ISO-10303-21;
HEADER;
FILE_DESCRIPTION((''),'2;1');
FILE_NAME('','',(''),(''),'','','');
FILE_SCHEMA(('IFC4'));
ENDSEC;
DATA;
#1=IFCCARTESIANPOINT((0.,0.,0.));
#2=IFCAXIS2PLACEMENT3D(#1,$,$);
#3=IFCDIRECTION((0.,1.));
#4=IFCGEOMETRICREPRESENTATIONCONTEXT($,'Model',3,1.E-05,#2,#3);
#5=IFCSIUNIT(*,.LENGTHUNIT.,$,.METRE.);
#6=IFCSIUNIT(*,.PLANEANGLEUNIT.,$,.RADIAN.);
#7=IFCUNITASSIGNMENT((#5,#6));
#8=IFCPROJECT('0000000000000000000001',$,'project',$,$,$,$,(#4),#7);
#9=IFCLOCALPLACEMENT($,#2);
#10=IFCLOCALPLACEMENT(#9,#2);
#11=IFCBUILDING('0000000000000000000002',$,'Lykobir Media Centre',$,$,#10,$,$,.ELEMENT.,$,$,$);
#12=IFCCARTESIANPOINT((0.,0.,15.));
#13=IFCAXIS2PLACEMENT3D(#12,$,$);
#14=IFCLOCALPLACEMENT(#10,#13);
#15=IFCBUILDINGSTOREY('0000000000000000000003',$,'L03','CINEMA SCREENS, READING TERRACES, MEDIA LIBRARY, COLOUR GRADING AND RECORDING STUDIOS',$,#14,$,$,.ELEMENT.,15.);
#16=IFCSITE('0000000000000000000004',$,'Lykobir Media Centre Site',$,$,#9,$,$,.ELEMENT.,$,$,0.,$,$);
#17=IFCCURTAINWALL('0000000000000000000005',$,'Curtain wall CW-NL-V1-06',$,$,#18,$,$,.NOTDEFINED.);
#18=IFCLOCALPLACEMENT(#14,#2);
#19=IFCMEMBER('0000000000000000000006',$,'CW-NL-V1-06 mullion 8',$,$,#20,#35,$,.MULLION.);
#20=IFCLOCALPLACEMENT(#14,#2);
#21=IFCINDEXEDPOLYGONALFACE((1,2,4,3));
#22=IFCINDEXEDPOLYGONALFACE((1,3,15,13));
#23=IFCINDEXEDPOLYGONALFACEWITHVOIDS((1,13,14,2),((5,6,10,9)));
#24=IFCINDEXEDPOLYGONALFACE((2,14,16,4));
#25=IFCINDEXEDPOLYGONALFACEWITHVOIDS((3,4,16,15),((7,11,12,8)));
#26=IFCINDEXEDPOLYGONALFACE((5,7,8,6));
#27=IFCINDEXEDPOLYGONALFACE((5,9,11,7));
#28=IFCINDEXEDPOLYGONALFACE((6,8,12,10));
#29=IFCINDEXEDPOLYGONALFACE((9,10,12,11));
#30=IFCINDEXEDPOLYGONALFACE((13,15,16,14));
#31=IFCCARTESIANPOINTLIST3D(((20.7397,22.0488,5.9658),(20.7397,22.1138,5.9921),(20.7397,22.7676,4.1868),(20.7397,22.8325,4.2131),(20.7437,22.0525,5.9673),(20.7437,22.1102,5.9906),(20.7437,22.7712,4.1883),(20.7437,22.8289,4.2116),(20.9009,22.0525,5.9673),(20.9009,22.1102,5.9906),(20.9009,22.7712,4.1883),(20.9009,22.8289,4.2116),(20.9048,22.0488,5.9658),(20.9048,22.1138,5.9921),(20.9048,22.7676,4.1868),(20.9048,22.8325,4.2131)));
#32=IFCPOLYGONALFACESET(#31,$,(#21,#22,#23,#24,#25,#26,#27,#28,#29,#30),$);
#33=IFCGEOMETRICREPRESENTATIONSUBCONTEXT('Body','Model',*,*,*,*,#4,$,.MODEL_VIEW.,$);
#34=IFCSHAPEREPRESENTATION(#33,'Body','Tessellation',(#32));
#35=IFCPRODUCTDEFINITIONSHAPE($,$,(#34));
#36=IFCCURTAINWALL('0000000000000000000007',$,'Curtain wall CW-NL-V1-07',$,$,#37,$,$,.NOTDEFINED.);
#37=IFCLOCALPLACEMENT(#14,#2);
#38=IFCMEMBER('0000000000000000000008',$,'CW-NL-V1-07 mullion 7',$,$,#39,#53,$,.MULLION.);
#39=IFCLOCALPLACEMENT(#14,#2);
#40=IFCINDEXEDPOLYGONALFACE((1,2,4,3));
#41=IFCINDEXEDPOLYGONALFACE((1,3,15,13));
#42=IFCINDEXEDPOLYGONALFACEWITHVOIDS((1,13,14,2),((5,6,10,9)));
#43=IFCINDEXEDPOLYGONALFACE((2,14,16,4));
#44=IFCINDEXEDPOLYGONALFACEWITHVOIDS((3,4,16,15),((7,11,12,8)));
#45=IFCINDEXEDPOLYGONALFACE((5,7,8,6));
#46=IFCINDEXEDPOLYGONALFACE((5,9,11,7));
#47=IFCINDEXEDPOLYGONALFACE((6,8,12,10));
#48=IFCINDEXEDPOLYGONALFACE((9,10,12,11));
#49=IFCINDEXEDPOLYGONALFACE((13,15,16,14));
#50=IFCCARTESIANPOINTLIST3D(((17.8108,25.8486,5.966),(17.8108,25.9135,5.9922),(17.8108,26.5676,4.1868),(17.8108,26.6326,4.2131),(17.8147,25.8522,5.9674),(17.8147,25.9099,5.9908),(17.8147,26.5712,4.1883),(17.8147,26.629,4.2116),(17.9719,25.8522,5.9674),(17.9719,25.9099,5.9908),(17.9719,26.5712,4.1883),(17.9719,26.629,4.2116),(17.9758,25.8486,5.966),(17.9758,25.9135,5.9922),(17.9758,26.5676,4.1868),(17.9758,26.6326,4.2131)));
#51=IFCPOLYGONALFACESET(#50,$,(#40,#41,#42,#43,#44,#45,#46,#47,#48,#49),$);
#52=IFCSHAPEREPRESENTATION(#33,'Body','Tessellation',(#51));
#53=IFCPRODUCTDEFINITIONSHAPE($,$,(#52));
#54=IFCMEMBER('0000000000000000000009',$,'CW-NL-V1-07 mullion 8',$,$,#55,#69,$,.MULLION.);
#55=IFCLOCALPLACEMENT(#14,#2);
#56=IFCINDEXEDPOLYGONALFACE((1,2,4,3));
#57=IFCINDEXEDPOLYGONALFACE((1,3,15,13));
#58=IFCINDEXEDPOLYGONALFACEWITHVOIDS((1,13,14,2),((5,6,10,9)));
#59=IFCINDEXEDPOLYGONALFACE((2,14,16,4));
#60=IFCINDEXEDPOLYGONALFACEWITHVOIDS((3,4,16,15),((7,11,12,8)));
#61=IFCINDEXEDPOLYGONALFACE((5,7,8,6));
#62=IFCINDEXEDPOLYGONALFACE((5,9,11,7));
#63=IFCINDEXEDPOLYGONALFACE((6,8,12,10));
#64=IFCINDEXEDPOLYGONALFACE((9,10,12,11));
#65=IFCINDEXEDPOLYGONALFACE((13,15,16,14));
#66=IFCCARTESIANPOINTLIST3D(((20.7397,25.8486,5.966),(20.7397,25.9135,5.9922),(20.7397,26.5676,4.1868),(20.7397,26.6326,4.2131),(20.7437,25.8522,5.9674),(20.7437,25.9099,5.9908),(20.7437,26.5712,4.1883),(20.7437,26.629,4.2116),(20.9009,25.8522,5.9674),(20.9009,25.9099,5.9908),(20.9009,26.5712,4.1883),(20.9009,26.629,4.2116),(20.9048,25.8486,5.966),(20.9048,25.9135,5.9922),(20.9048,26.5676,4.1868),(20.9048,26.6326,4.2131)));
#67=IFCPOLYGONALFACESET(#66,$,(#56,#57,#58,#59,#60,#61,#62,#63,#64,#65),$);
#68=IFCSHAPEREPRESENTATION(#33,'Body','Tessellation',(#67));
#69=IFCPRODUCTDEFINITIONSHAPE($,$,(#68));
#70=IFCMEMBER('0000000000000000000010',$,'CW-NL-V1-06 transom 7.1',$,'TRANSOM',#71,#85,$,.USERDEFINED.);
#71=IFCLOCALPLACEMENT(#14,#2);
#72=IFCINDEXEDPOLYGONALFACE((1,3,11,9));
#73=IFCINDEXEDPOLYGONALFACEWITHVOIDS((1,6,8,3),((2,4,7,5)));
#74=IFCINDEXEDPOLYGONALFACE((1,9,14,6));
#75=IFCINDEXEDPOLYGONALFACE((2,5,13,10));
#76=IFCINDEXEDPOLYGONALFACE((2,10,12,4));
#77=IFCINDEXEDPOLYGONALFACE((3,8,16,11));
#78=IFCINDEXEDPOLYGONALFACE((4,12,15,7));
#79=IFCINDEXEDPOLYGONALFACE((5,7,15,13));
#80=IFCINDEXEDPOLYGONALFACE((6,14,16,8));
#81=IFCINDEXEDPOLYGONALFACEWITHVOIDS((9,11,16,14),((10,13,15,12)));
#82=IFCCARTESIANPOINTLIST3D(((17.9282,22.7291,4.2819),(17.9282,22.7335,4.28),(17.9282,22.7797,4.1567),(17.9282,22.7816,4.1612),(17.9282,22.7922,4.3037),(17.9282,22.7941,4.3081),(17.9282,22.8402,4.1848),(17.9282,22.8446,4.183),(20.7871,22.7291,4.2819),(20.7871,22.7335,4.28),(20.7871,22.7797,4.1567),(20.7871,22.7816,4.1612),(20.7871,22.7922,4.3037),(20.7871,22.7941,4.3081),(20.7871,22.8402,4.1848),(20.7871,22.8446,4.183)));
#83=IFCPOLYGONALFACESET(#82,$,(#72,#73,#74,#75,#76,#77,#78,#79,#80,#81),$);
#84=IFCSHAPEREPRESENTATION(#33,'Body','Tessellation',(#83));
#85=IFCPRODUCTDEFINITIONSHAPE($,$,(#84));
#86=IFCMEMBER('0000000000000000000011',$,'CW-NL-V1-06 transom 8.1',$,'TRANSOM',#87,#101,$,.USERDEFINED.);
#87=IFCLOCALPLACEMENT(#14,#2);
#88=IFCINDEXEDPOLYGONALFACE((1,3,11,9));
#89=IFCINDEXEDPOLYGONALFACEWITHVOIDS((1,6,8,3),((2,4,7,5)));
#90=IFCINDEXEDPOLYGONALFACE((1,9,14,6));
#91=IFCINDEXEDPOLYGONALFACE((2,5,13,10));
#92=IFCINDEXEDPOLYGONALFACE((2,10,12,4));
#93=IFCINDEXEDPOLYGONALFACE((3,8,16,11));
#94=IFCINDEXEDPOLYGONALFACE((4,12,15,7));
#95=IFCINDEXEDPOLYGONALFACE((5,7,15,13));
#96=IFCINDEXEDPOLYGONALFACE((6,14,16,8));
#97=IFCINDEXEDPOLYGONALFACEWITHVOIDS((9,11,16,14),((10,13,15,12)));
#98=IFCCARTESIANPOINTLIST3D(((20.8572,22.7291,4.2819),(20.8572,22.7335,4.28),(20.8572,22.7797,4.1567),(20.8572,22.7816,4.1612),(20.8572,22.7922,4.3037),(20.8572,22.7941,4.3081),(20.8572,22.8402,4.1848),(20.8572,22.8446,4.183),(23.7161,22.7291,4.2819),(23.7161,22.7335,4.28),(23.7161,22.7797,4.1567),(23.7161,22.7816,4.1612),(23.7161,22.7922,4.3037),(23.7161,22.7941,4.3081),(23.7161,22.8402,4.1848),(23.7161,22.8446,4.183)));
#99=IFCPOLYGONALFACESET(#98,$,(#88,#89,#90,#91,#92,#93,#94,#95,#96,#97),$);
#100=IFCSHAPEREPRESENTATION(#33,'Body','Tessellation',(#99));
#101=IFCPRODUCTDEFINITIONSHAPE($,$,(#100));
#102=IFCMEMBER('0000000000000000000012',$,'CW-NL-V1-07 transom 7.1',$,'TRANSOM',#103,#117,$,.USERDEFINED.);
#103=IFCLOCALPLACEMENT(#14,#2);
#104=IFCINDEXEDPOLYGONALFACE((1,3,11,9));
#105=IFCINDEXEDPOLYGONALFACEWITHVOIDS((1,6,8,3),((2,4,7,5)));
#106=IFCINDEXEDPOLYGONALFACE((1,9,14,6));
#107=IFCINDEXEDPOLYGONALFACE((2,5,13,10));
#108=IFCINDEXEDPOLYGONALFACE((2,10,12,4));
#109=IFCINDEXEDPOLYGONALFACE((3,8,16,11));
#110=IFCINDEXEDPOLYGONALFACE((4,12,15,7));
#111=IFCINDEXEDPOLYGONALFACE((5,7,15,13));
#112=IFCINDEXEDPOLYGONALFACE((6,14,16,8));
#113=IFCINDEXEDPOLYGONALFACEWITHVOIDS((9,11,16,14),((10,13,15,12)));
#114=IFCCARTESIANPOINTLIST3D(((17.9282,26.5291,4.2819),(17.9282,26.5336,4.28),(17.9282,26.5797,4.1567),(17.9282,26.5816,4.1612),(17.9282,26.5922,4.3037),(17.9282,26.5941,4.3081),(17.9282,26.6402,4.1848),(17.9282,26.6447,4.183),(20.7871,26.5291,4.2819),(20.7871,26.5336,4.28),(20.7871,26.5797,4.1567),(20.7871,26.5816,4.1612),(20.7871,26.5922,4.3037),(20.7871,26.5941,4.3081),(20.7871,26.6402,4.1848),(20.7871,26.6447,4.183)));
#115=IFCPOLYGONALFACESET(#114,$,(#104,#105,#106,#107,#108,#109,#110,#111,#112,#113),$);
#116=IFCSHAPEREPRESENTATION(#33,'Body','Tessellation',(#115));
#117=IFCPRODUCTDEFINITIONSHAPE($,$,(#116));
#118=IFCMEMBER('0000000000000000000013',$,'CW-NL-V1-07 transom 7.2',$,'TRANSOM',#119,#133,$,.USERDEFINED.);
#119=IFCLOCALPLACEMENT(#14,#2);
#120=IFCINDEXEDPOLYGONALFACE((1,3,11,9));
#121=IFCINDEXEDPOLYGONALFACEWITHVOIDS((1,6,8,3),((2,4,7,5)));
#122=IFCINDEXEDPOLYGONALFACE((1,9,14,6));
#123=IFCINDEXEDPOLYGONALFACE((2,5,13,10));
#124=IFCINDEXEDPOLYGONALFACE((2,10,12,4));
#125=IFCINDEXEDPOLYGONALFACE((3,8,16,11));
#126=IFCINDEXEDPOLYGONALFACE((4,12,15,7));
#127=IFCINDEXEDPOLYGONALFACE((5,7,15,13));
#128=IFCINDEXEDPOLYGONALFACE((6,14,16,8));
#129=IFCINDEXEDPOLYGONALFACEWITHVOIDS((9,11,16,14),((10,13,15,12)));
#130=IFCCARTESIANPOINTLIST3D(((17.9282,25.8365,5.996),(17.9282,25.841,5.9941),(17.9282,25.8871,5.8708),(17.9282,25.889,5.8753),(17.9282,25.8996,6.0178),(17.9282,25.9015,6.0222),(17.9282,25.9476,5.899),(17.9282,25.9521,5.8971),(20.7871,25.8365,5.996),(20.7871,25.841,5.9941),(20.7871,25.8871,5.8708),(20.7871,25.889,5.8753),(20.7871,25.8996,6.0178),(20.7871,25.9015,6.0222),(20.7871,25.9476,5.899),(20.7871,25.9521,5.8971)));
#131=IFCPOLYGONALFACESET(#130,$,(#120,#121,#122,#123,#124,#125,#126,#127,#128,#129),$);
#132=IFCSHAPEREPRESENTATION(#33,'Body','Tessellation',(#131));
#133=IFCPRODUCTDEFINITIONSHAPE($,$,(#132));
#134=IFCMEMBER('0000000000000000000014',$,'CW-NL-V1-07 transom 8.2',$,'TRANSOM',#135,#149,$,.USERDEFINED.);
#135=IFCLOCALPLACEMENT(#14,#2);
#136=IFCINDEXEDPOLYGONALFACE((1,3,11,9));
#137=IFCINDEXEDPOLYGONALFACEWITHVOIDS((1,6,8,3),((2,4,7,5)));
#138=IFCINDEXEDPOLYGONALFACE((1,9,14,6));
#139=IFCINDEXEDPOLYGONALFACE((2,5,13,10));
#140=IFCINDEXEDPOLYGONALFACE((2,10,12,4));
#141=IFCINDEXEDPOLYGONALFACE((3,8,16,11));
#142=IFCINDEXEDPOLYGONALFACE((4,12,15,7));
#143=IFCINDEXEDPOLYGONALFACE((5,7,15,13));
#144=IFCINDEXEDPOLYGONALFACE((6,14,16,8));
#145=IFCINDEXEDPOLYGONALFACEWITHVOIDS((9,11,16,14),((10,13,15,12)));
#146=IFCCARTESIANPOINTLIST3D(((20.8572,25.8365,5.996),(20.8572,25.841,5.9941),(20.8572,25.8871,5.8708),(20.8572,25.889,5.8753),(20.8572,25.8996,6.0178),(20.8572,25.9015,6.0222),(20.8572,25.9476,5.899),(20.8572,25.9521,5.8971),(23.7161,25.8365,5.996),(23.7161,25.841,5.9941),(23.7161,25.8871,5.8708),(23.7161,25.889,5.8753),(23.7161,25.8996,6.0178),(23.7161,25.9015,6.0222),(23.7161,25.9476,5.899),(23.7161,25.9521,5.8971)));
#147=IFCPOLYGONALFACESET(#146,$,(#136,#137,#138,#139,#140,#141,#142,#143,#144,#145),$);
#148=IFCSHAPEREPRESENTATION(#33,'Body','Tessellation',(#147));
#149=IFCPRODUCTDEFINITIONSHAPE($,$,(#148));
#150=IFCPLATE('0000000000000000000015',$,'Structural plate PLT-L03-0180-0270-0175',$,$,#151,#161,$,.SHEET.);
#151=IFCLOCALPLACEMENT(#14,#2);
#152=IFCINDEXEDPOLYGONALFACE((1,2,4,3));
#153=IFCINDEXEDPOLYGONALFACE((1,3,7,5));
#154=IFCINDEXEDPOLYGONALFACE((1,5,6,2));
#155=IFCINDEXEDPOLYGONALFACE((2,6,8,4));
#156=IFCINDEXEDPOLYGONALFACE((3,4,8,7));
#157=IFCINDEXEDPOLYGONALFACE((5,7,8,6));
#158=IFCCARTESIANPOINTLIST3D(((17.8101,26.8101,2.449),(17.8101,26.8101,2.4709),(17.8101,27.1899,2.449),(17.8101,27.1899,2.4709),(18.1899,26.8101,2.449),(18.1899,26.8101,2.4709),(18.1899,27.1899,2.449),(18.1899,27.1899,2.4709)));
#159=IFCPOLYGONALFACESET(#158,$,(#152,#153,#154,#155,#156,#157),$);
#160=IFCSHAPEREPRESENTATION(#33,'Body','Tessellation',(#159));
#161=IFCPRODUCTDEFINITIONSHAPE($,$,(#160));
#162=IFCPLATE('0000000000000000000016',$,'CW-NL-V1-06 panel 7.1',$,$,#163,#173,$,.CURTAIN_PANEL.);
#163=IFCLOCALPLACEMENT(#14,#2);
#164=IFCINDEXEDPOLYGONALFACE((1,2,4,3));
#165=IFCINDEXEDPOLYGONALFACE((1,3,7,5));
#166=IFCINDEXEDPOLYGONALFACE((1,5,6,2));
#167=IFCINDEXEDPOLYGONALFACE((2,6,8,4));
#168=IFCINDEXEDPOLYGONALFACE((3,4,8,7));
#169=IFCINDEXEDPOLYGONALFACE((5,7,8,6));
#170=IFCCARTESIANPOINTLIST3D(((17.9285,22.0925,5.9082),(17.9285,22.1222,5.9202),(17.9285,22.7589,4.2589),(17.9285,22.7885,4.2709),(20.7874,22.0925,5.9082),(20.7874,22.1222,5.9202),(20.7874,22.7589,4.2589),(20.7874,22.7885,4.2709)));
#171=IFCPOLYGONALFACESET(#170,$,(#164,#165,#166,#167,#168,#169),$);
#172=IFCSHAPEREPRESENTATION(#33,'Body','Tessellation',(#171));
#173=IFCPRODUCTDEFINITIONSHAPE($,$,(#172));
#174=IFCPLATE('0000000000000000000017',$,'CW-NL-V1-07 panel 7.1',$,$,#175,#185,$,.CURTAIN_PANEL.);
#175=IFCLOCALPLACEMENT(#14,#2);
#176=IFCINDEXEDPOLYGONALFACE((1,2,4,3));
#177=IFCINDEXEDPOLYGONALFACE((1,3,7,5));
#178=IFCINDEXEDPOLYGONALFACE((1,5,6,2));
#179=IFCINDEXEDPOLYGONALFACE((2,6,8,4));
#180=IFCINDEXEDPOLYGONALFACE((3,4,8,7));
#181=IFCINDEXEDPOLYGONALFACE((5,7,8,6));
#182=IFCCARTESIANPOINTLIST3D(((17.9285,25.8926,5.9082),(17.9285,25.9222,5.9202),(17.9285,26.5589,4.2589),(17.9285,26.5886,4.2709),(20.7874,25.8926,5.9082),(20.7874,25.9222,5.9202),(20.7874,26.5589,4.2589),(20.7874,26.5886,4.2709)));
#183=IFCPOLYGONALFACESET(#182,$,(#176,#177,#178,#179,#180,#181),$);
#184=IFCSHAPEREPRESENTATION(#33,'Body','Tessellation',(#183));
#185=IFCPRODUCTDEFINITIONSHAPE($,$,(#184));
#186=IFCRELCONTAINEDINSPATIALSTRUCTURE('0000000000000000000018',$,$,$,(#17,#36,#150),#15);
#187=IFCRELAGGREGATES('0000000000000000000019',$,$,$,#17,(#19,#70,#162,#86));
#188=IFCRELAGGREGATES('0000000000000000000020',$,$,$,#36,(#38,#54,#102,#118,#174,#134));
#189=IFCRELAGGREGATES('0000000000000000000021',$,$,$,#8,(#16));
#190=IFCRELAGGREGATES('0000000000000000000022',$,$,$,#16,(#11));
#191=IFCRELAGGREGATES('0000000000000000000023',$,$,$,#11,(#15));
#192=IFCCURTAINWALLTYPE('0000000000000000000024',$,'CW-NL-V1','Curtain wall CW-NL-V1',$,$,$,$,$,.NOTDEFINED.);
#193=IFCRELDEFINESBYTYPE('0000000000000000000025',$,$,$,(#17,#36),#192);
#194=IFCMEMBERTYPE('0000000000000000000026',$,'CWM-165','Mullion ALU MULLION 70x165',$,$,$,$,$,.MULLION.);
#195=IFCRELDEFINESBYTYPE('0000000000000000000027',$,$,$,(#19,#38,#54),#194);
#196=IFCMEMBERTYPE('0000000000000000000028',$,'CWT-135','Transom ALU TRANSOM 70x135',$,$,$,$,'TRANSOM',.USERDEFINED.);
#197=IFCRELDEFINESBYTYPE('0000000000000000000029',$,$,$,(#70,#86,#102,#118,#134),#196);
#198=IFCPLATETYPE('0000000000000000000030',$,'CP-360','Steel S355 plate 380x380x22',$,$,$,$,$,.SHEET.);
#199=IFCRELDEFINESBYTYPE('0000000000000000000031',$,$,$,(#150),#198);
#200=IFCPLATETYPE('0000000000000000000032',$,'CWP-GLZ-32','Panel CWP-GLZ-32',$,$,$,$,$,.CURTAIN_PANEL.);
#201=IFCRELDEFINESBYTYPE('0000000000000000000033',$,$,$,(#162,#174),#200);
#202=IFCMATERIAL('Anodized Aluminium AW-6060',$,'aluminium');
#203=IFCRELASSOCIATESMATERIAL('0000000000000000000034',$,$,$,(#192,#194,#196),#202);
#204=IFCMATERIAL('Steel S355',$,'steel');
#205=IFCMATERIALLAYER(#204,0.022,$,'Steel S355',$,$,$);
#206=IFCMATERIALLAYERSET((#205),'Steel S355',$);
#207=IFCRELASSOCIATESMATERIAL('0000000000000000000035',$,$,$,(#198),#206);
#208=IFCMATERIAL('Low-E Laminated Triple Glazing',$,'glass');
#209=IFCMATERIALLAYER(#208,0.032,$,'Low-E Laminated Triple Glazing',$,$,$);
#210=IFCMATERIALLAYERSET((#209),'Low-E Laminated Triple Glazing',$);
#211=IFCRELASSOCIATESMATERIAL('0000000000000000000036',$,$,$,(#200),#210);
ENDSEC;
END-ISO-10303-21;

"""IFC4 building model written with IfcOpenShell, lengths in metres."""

from ifc_helpers import new_model, si_unit, direction, frame, origin, origin_2d, place, context, subcontext, project, spatial, rectangle, hollow_rectangle, extrude, material, layer, layer_set, material_profile, profile_set, type_object, element, aggregate, save


model = new_model("IFC4")

# Units and contexts
model_context = context("Model", 3, precision=1e-05, world=origin(), true_north=direction((0.0, 1.0)))
body_context = subcontext(model_context, "Body", "Model", "MODEL_VIEW")
ifc_project = project(units=[si_unit("LENGTHUNIT", "METRE"), si_unit("PLANEANGLEUNIT", "RADIAN")], contexts=[model_context])

# Site, building, storey
site_placement = place(None, origin())
site = spatial("IfcSite", under=ifc_project, at=site_placement, Name="Lykobir Media Centre Site", CompositionType="ELEMENT", RefElevation=0.0)
building_placement = place(site_placement, origin())
building = spatial("IfcBuilding", under=site, at=building_placement, Name="Lykobir Media Centre", CompositionType="ELEMENT")
storey_placement = place(building_placement, frame((0.0, 0.0, 15.0)))
storey = spatial("IfcBuildingStorey", under=building, at=storey_placement, Name="L03", Description="CINEMA SCREENS, READING TERRACES, MEDIA LIBRARY, COLOUR GRADING AND RECORDING STUDIOS", CompositionType="ELEMENT", Elevation=15.0)

# Shared definitions
ifc_material_1 = material(Name="Steel S355", Category="steel")

# Curtain wall, member
ifc_material_2 = material(Name="Anodized Aluminium AW-6060", Category="aluminium")
curtain_wall_type = type_object("IfcCurtainWallType", Name="CW-NL-V1", Description="Curtain wall CW-NL-V1", PredefinedType="NOTDEFINED", material=ifc_material_2)
curtain_wall_1_placement = place(storey_placement, origin())
curtain_wall_1 = element("IfcCurtainWall", 1, at=curtain_wall_1_placement, inside=storey, type_object=curtain_wall_type, Name="Curtain wall CW-NL-V1-06", PredefinedType="NOTDEFINED")
ifc_material_profile_1 = material_profile(ifc_material_2, hollow_rectangle(XDim=0.0701, YDim=0.165, WallThickness=0.0039, at=origin_2d()), Name="ALU MULLION 70x165")
ifc_profile_set_1 = profile_set([ifc_material_profile_1], Name="Anodized Aluminium AW-6060")
member_type_1 = type_object("IfcMemberType", Name="CWM-165", Description="Mullion ALU MULLION 70x165", PredefinedType="MULLION", material=ifc_profile_set_1)
member_1_placement = place(storey_placement, frame((20.8223, 22.8, 4.2), z_axis=(0.0, -0.374591, 0.92719), x_axis=(0.0, 0.92719, 0.374591)))
member_1 = element("IfcMember", 2, at=member_1_placement, type_object=member_type_1, Name="CW-NL-V1-06 mullion 8", PredefinedType="MULLION", context=body_context, shape_type="SweptSolid", body=[
    extrude(hollow_rectangle(XDim=0.0701, YDim=0.165, WallThickness=0.0039, at=origin_2d()), origin(), (0.0, 0.0, 1.0), 1.9187),
])

# Curtain wall, members
curtain_wall_2_placement = place(storey_placement, origin())
curtain_wall_2 = element("IfcCurtainWall", 3, at=curtain_wall_2_placement, inside=storey, type_object=curtain_wall_type, Name="Curtain wall CW-NL-V1-07", PredefinedType="NOTDEFINED")
member_2_placement = place(storey_placement, frame((17.8933, 26.6001, 4.2), z_axis=(0.0, -0.374701, 0.927146), x_axis=(0.0, 0.927146, 0.374701)))
member_2 = element("IfcMember", 4, at=member_2_placement, type_object=member_type_1, Name="CW-NL-V1-07 mullion 7", PredefinedType="MULLION", context=body_context, shape_type="SweptSolid", body=[
    extrude(hollow_rectangle(XDim=0.0701, YDim=0.165, WallThickness=0.0039, at=origin_2d()), origin(), (0.0, 0.0, 1.0), 1.9189),
])
member_3_placement = place(storey_placement, frame((20.8223, 26.6001, 4.2), z_axis=(0.0, -0.374701, 0.927146), x_axis=(0.0, 0.927146, 0.374701)))
member_3 = element("IfcMember", 5, at=member_3_placement, type_object=member_type_1, Name="CW-NL-V1-07 mullion 8", PredefinedType="MULLION", context=body_context, shape_type="SweptSolid", body=[
    extrude(hollow_rectangle(XDim=0.0701, YDim=0.165, WallThickness=0.0039, at=origin_2d()), origin(), (0.0, 0.0, 1.0), 1.9189),
])

# Members
ifc_material_profile_2 = material_profile(ifc_material_2, hollow_rectangle(XDim=0.0701, YDim=0.135, WallThickness=0.0034, at=origin_2d()), Name="ALU TRANSOM 70x135")
ifc_profile_set_2 = profile_set([ifc_material_profile_2], Name="Anodized Aluminium AW-6060")
member_type_2 = type_object("IfcMemberType", Name="CWT-135", Description="Transom ALU TRANSOM 70x135", ElementType="TRANSOM", PredefinedType="USERDEFINED", material=ifc_profile_set_2)
member_4_placement = place(storey_placement, frame((17.9282, 22.7869, 4.2324), z_axis=(1.0, 0.0, 0.0), x_axis=(0.0, 0.927184, 0.374607)))
member_4 = element("IfcMember", 6, at=member_4_placement, type_object=member_type_2, Name="CW-NL-V1-06 transom 7.1", ObjectType="TRANSOM", PredefinedType="USERDEFINED", context=body_context, shape_type="SweptSolid", body=[
    extrude(hollow_rectangle(XDim=0.0701, YDim=0.135, WallThickness=0.0034, at=origin_2d()), origin(), (0.0, 0.0, 1.0), 2.8589),
])
member_5_placement = place(storey_placement, frame((20.8572, 22.7869, 4.2324), z_axis=(1.0, 0.0, 0.0), x_axis=(0.0, 0.927184, 0.374607)))
member_5 = element("IfcMember", 7, at=member_5_placement, type_object=member_type_2, Name="CW-NL-V1-06 transom 8.1", ObjectType="TRANSOM", PredefinedType="USERDEFINED", context=body_context, shape_type="SweptSolid", body=[
    extrude(hollow_rectangle(XDim=0.0701, YDim=0.135, WallThickness=0.0034, at=origin_2d()), origin(), (0.0, 0.0, 1.0), 2.8589),
])
member_6_placement = place(storey_placement, frame((17.9282, 26.5869, 4.2324), z_axis=(1.0, 0.0, 0.0), x_axis=(0.0, 0.927184, 0.374607)))
member_6 = element("IfcMember", 8, at=member_6_placement, type_object=member_type_2, Name="CW-NL-V1-07 transom 7.1", ObjectType="TRANSOM", PredefinedType="USERDEFINED", context=body_context, shape_type="SweptSolid", body=[
    extrude(hollow_rectangle(XDim=0.0701, YDim=0.135, WallThickness=0.0034, at=origin_2d()), origin(), (0.0, 0.0, 1.0), 2.8589),
])
member_7_placement = place(storey_placement, frame((17.9282, 25.8943, 5.9465), z_axis=(1.0, 0.0, 0.0), x_axis=(0.0, 0.927184, 0.374607)))
member_7 = element("IfcMember", 9, at=member_7_placement, type_object=member_type_2, Name="CW-NL-V1-07 transom 7.2", ObjectType="TRANSOM", PredefinedType="USERDEFINED", context=body_context, shape_type="SweptSolid", body=[
    extrude(hollow_rectangle(XDim=0.0701, YDim=0.135, WallThickness=0.0034, at=origin_2d()), origin(), (0.0, 0.0, 1.0), 2.8589),
])
member_8_placement = place(storey_placement, frame((20.8572, 25.8943, 5.9465), z_axis=(1.0, 0.0, 0.0), x_axis=(0.0, 0.927184, 0.374607)))
member_8 = element("IfcMember", 10, at=member_8_placement, type_object=member_type_2, Name="CW-NL-V1-07 transom 8.2", ObjectType="TRANSOM", PredefinedType="USERDEFINED", context=body_context, shape_type="SweptSolid", body=[
    extrude(hollow_rectangle(XDim=0.0701, YDim=0.135, WallThickness=0.0034, at=origin_2d()), origin(), (0.0, 0.0, 1.0), 2.8589),
])

# Plates
ifc_layer_1 = layer(ifc_material_1, 0.022, Name="Steel S355")
ifc_layer_set_1 = layer_set([ifc_layer_1], Name="Steel S355")
plate_type_1 = type_object("IfcPlateType", Name="CP-360", Description="Steel S355 plate 380x380x22", PredefinedType="SHEET", material=ifc_layer_set_1)
plate_1_placement = place(storey_placement, frame((18.0, 27.0, 2.449), z_axis=(0.0, 0.0, 1.0), x_axis=(1.0, 0.0, 0.0)))
element("IfcPlate", 11, at=plate_1_placement, inside=storey, type_object=plate_type_1, Name="Structural plate PLT-L03-0180-0270-0175", PredefinedType="SHEET", context=body_context, shape_type="SweptSolid", body=[
    extrude(rectangle(XDim=0.3799, YDim=0.3799, at=origin_2d()), origin(), (0.0, 0.0, 1.0), 0.022),
])
ifc_material_3 = material(Name="Low-E Laminated Triple Glazing", Category="glass")
ifc_layer_2 = layer(ifc_material_3, 0.032, Name="Low-E Laminated Triple Glazing")
ifc_layer_set_2 = layer_set([ifc_layer_2], Name="Low-E Laminated Triple Glazing")
plate_type_2 = type_object("IfcPlateType", Name="CWP-GLZ-32", Description="Panel CWP-GLZ-32", PredefinedType="CURTAIN_PANEL", material=ifc_layer_set_2)
plate_2_placement = place(storey_placement, frame((19.3579, 22.7737, 4.2649), z_axis=(0.0, -0.374607, 0.927184), x_axis=(1.0, 0.0, 0.0)))
plate_2 = element("IfcPlate", 12, at=plate_2_placement, type_object=plate_type_2, Name="CW-NL-V1-06 panel 7.1", PredefinedType="CURTAIN_PANEL", context=body_context, shape_type="SweptSolid", body=[
    extrude(rectangle(XDim=2.8589, YDim=0.032, at=origin_2d()), origin(), (0.0, 0.0, 1.0), 1.7788),
])
aggregate(curtain_wall_1, [member_1, member_4, plate_2, member_5])
plate_3_placement = place(storey_placement, frame((19.3579, 26.5737, 4.2649), z_axis=(0.0, -0.374607, 0.927184), x_axis=(1.0, 0.0, 0.0)))
plate_3 = element("IfcPlate", 13, at=plate_3_placement, type_object=plate_type_2, Name="CW-NL-V1-07 panel 7.1", PredefinedType="CURTAIN_PANEL", context=body_context, shape_type="SweptSolid", body=[
    extrude(rectangle(XDim=2.8589, YDim=0.032, at=origin_2d()), origin(), (0.0, 0.0, 1.0), 1.7788),
])
aggregate(curtain_wall_2, [member_2, member_3, member_6, member_7, plate_3, member_8])

save(model, "model.ifc")
